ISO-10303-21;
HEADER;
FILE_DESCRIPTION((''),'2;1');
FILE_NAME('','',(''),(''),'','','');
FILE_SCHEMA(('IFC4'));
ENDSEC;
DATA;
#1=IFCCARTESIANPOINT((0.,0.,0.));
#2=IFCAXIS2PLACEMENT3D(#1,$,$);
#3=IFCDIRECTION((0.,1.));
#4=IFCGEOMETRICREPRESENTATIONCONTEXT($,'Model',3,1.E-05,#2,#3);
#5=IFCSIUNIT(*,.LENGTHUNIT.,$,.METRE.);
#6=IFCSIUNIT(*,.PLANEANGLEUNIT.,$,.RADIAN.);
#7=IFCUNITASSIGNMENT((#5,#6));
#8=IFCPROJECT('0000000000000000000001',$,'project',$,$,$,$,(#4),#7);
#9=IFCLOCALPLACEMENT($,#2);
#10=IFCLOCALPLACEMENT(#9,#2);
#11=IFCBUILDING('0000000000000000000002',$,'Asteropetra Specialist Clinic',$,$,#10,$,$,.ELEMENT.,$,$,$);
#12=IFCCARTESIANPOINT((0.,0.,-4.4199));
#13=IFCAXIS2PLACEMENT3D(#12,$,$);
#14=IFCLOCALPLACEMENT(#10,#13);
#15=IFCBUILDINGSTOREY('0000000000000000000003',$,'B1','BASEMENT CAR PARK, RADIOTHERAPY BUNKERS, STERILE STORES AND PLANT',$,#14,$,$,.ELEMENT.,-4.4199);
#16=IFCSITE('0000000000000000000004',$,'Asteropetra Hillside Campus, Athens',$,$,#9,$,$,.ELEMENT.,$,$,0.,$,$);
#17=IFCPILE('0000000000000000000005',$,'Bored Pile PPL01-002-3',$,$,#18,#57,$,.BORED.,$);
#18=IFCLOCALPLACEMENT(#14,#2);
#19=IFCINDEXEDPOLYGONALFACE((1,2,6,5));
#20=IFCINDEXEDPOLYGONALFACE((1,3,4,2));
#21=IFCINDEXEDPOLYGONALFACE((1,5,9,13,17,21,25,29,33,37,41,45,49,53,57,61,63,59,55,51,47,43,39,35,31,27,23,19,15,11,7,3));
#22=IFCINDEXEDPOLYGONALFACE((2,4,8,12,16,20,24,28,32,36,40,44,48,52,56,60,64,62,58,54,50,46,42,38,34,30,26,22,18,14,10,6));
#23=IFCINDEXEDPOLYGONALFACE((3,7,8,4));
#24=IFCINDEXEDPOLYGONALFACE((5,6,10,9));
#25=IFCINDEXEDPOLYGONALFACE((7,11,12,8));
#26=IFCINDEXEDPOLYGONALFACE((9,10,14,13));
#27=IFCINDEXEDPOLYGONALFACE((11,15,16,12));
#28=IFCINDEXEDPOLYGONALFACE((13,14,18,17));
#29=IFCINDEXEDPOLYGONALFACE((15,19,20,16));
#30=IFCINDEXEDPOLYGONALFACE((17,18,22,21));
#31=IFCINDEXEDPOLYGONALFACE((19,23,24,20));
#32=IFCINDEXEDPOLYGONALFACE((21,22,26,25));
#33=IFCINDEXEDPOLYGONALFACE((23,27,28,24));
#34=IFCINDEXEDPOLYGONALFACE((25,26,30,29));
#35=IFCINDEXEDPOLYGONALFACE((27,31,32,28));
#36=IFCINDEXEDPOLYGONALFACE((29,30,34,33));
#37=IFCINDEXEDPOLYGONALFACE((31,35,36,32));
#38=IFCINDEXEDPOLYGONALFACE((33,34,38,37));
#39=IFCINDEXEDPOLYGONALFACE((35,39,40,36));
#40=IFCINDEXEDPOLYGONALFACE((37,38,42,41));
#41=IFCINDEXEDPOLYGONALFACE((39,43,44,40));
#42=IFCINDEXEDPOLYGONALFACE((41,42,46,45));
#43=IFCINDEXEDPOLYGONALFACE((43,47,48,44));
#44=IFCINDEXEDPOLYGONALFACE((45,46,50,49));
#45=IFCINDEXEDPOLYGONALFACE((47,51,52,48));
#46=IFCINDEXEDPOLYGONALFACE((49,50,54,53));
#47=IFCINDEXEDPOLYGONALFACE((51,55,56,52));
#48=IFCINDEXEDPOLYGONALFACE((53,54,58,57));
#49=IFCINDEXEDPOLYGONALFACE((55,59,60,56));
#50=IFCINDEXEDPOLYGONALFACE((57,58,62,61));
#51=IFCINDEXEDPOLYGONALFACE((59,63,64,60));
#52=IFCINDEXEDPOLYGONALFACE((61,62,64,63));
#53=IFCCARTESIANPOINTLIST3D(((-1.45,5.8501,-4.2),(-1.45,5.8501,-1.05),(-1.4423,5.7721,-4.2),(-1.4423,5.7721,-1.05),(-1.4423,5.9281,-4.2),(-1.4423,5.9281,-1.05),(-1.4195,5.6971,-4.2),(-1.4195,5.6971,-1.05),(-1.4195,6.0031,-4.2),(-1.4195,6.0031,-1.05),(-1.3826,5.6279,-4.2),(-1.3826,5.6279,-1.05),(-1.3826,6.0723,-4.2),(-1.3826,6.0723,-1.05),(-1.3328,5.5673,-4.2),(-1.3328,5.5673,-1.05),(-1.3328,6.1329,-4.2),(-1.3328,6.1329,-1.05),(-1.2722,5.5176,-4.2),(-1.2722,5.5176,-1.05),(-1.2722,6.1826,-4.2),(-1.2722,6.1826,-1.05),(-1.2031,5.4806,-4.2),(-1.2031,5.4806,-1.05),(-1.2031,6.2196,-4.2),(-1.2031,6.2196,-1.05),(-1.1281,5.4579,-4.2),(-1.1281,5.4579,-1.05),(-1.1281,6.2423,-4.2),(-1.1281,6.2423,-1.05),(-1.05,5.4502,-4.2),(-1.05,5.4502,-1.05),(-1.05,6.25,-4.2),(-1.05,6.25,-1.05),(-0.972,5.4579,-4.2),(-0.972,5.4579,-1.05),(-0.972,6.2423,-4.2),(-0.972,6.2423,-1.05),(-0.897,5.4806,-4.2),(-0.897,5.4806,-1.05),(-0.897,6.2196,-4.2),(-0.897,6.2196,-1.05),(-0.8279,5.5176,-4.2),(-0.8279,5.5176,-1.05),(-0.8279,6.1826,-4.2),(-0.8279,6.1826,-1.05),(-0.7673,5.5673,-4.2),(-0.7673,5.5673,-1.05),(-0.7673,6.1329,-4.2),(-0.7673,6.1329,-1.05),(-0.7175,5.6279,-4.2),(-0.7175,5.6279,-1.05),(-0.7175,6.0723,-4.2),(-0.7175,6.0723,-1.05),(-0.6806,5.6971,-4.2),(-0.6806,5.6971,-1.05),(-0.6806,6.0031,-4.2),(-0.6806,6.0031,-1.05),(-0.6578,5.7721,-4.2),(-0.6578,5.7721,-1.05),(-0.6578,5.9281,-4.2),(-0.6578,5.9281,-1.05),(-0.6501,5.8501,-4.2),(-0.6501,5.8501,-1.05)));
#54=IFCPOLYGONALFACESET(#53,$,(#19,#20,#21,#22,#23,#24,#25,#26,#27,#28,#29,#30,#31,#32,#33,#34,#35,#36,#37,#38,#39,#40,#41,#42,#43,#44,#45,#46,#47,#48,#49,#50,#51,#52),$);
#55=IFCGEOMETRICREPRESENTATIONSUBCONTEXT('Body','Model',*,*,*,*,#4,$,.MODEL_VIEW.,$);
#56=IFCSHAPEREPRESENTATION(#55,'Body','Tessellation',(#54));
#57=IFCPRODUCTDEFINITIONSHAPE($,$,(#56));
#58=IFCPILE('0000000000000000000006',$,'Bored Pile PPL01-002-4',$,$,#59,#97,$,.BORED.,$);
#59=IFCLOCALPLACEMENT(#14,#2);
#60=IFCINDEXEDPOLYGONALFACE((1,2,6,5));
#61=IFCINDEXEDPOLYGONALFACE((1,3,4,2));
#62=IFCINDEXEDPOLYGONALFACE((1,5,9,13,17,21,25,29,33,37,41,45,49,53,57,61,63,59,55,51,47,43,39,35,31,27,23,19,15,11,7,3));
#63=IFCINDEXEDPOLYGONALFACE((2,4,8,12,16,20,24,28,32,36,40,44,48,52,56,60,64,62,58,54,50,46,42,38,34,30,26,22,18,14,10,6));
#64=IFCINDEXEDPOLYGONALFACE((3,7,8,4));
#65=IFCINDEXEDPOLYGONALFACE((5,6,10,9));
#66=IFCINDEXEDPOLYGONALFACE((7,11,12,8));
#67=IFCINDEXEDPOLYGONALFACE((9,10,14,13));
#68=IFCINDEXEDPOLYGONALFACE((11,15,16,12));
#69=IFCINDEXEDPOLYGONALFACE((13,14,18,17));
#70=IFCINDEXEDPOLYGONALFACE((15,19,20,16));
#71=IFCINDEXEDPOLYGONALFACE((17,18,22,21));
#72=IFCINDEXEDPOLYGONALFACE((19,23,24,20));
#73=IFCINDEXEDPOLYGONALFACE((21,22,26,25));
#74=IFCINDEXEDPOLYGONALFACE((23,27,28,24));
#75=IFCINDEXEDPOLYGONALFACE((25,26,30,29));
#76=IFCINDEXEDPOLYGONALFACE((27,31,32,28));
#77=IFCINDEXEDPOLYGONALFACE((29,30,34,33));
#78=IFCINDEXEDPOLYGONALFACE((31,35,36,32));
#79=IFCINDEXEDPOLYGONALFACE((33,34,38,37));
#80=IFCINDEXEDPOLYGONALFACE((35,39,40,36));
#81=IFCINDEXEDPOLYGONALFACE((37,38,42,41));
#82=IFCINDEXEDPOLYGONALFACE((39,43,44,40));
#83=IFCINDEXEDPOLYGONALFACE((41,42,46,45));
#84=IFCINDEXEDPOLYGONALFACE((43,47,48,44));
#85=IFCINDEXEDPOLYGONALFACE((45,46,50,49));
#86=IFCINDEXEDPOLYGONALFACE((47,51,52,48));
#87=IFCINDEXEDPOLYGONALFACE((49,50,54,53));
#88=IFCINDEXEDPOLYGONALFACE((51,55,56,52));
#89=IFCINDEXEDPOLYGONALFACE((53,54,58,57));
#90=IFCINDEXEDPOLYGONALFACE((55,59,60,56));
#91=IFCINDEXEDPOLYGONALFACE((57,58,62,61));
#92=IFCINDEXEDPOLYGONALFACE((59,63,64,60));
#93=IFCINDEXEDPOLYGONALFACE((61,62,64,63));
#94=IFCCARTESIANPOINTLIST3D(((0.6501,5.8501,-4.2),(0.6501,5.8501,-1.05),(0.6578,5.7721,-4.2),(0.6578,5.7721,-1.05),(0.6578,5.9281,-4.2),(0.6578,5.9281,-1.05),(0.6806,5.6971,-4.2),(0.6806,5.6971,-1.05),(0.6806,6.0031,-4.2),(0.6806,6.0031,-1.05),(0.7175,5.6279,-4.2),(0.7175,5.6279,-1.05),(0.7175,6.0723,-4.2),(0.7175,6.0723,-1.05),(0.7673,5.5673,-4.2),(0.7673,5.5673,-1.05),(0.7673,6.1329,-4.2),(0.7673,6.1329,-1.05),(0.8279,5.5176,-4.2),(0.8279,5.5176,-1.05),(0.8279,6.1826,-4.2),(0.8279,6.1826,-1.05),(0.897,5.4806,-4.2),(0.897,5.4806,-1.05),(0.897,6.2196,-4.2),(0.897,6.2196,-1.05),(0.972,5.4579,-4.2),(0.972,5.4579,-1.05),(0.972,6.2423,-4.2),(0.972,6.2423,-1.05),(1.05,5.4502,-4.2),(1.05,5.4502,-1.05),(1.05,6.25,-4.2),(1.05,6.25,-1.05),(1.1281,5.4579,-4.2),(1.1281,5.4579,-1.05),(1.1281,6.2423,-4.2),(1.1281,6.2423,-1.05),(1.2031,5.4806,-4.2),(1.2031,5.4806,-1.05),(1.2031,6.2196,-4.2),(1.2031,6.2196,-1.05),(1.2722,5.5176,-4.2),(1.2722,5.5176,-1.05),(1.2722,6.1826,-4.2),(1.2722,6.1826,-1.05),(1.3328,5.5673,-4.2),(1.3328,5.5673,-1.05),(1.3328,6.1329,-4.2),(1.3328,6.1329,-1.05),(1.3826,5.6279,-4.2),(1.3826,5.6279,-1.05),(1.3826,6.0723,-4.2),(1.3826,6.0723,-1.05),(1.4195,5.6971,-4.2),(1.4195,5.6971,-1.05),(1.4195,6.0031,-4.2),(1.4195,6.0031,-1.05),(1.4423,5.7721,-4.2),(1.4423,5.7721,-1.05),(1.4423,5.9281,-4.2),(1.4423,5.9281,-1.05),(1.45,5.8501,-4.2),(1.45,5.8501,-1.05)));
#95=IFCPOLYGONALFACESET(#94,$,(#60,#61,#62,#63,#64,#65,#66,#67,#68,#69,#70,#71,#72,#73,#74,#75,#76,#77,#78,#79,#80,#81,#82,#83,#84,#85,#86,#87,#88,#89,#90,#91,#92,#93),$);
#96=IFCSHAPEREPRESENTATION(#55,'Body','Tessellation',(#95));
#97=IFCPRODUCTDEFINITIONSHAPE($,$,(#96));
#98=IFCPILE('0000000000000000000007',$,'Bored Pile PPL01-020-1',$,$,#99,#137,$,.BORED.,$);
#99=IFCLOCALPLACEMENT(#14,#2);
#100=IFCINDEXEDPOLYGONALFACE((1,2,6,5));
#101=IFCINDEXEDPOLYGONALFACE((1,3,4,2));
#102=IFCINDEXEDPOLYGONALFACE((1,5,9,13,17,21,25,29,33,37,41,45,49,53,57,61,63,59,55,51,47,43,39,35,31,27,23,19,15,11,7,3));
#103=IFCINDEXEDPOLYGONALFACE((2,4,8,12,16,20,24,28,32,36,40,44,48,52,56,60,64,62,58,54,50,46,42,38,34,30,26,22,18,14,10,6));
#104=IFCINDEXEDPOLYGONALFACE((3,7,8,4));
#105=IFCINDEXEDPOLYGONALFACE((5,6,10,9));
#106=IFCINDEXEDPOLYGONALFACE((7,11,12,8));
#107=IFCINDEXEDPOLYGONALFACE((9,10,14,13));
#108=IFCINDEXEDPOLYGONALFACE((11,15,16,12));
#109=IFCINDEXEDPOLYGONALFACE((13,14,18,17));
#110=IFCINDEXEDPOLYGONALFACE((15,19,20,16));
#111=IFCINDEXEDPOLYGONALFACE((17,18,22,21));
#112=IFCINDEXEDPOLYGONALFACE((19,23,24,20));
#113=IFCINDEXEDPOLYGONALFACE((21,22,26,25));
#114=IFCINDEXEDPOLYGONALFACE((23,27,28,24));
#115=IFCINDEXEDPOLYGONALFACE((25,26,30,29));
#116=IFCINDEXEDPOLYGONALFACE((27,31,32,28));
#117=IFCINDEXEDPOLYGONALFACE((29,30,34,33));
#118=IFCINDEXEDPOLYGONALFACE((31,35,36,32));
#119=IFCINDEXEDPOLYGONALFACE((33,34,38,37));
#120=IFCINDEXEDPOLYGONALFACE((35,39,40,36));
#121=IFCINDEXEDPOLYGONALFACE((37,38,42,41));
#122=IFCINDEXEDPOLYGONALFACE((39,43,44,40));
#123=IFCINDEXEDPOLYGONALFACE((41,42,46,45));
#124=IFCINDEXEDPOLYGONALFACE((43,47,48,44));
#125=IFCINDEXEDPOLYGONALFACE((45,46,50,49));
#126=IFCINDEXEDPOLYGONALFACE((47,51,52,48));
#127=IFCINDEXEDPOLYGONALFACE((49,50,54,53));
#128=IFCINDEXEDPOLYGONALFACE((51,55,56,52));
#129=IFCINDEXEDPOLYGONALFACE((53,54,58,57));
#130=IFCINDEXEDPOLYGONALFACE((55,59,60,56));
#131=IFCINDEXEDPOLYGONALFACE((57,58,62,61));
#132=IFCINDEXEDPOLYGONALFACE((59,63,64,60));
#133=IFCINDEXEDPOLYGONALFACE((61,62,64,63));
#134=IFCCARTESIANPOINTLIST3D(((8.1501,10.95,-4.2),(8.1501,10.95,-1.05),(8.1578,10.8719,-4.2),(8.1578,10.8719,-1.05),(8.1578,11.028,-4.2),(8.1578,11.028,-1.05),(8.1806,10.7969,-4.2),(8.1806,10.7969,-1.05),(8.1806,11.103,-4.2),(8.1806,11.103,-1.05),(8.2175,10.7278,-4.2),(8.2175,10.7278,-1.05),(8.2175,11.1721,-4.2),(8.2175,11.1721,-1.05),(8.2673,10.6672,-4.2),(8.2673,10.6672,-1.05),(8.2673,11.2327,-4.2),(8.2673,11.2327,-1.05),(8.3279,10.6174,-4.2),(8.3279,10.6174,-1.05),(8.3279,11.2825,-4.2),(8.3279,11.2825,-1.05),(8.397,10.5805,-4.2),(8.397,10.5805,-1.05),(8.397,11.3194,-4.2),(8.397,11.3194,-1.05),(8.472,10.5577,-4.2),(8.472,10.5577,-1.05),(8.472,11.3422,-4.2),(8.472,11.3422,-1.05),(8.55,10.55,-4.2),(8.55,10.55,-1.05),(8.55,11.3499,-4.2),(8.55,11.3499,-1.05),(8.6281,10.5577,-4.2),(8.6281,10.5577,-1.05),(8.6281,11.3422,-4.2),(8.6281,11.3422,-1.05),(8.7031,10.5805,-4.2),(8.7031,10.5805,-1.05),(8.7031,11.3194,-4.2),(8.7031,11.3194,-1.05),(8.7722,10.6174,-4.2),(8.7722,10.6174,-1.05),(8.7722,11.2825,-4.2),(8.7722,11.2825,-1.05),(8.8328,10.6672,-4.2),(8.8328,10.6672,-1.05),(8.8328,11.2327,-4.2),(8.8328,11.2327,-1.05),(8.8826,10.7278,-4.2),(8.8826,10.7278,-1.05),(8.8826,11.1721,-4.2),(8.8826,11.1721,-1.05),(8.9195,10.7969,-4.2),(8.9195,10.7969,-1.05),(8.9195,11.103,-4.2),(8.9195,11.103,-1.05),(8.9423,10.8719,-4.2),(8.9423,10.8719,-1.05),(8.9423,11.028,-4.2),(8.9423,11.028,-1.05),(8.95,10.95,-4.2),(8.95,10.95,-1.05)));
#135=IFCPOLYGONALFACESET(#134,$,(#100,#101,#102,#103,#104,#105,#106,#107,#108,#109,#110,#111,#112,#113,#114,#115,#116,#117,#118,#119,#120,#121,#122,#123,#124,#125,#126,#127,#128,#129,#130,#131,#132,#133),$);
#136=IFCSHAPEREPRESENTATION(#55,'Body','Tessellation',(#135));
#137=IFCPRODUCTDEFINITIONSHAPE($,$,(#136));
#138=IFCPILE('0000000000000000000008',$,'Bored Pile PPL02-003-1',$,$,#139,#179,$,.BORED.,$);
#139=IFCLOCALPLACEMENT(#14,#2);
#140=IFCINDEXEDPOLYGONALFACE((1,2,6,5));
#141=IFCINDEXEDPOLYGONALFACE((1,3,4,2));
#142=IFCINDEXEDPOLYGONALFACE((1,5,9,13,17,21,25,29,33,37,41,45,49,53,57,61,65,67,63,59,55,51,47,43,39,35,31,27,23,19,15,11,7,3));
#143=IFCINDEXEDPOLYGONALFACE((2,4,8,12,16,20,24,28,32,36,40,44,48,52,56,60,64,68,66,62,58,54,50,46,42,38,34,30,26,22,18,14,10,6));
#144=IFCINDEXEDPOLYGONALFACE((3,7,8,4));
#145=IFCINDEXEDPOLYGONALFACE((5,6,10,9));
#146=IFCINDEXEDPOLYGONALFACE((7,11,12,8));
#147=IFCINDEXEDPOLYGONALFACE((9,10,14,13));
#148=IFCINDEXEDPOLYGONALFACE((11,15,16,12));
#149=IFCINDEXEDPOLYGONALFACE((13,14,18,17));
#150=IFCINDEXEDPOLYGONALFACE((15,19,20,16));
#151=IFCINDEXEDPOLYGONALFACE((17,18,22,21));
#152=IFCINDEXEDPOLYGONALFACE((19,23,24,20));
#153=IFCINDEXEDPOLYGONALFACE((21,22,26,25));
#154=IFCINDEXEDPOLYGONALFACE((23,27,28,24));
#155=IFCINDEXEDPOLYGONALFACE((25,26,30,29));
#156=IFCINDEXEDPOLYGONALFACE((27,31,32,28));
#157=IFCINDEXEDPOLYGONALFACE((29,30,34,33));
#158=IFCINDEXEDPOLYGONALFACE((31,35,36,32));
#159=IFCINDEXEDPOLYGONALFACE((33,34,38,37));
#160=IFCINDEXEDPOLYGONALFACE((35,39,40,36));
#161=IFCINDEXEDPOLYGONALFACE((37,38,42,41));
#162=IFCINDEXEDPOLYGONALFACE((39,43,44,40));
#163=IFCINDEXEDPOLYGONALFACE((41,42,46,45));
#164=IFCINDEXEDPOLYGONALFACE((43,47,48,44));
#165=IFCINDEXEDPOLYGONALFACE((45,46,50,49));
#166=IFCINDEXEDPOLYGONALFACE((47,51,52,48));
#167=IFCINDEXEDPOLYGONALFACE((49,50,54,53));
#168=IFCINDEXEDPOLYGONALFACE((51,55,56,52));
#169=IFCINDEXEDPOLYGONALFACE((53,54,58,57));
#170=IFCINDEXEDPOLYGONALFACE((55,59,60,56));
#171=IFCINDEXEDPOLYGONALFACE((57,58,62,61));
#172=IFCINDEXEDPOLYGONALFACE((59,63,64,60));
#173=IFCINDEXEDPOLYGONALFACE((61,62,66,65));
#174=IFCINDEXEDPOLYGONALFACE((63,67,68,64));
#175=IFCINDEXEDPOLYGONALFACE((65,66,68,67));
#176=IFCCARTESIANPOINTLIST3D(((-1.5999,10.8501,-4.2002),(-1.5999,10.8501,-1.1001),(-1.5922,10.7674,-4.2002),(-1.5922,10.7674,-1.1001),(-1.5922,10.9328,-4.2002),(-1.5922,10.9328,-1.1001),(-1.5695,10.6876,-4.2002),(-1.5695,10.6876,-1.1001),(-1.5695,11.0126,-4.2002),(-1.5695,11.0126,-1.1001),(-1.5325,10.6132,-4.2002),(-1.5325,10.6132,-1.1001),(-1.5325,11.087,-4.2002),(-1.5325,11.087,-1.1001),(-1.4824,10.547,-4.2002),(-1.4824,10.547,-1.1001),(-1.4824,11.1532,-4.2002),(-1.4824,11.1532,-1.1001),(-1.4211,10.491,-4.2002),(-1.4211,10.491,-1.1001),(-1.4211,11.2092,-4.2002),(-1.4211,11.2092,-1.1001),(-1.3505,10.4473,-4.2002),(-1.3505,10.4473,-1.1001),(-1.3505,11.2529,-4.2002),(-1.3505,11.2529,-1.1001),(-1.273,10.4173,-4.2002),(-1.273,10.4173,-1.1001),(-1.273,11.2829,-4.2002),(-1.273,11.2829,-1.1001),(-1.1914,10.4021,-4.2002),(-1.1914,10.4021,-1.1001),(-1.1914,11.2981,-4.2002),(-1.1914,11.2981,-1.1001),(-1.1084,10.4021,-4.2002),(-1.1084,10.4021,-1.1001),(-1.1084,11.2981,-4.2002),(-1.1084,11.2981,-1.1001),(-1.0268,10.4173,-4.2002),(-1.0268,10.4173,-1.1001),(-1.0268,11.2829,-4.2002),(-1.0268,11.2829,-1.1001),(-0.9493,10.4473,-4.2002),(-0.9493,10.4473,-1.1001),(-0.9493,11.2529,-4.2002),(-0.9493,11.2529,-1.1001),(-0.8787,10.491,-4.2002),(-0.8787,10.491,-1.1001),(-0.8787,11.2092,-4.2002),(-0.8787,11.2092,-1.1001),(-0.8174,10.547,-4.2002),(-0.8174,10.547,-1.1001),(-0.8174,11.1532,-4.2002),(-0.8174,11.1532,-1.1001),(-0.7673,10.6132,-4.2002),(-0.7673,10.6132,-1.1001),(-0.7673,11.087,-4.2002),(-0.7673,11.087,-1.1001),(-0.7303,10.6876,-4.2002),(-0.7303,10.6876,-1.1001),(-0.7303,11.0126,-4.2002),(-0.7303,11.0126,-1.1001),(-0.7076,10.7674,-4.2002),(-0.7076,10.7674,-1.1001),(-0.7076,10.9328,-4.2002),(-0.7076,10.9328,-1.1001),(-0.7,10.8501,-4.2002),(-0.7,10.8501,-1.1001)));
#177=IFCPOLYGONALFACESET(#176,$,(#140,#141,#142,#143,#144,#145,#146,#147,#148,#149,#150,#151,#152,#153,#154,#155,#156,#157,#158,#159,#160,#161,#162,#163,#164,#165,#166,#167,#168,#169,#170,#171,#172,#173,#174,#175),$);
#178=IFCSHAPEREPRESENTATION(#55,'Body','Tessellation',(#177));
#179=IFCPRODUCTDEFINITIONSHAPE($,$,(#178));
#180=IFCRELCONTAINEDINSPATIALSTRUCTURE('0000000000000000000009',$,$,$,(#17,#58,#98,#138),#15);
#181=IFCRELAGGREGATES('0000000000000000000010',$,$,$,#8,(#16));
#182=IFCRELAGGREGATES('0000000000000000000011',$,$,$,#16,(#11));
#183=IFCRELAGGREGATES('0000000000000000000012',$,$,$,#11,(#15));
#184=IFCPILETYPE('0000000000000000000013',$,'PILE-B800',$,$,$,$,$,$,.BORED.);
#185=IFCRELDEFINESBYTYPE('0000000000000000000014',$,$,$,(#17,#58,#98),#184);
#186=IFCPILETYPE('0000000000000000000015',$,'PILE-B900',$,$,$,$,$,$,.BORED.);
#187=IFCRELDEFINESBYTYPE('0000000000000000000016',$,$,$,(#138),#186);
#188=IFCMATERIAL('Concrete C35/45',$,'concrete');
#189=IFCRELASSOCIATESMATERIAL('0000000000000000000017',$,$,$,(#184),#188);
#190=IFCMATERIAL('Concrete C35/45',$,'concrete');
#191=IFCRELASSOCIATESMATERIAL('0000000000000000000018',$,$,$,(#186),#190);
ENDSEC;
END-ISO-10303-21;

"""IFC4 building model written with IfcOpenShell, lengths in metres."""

from ifc_helpers import new_model, si_unit, direction, frame, origin, origin_2d, place, context, subcontext, project, spatial, circle, extrude, material, material_profile, profile_set, type_object, element, save


model = new_model("IFC4")

# Units and contexts
model_context = context("Model", 3, precision=1e-05, world=origin(), true_north=direction((0.0, 1.0)))
body_context = subcontext(model_context, "Body", "Model", "MODEL_VIEW")
ifc_project = project(units=[si_unit("LENGTHUNIT", "METRE"), si_unit("PLANEANGLEUNIT", "RADIAN")], contexts=[model_context])

# Site, building, storey
site_placement = place(None, origin())
site = spatial("IfcSite", under=ifc_project, at=site_placement, Name="Asteropetra Hillside Campus, Athens", CompositionType="ELEMENT", RefElevation=0.0)
building_placement = place(site_placement, origin())
building = spatial("IfcBuilding", under=site, at=building_placement, Name="Asteropetra Specialist Clinic", CompositionType="ELEMENT")
storey_placement = place(building_placement, frame((0.0, 0.0, -4.4199)))
storey = spatial("IfcBuildingStorey", under=building, at=storey_placement, Name="B1", Description="BASEMENT CAR PARK, RADIOTHERAPY BUNKERS, STERILE STORES AND PLANT", CompositionType="ELEMENT", Elevation=-4.4199)

# Piles
ifc_material_1 = material(Name="Concrete C35/45", Category="concrete")
ifc_material_profile_1 = material_profile(ifc_material_1, circle(Radius=0.3999, at=origin_2d()), Name="PILE D800")
ifc_profile_set_1 = profile_set([ifc_material_profile_1], Name="Concrete C35/45")
pile_type_1 = type_object("IfcPileType", Name="PILE-B800", PredefinedType="BORED", material=ifc_profile_set_1)
for number, where, z_axis, x_axis, name in (
    (1, (-1.05, 5.8501, -1.05), (0.0, 0.0, -1.0), (1.0, 0.0, 0.0), "Bored Pile PPL01-002-3"),
    (2, (1.05, 5.8501, -1.05), (0.0, 0.0, -1.0), (1.0, 0.0, 0.0), "Bored Pile PPL01-002-4"),
    (3, (8.55, 10.95, -1.05), (0.0, 0.0, -1.0), (1.0, 0.0, 0.0), "Bored Pile PPL01-020-1"),
):
    element("IfcPile", number, at=place(storey_placement, frame(where, z_axis=z_axis, x_axis=x_axis)), inside=storey, type_object=pile_type_1, Name=name, PredefinedType="BORED", context=body_context, shape_type="SweptSolid", body=[
        extrude(circle(Radius=0.3999, at=origin_2d()), origin(), (0.0, 0.0, 1.0), 3.1499),
    ])
ifc_material_2 = material(Name="Concrete C35/45", Category="concrete")
ifc_material_profile_2 = material_profile(ifc_material_2, circle(Radius=0.45, at=origin_2d()), Name="PILE D900")
ifc_profile_set_2 = profile_set([ifc_material_profile_2], Name="Concrete C35/45")
pile_type_2 = type_object("IfcPileType", Name="PILE-B900", PredefinedType="BORED", material=ifc_profile_set_2)
for number, where, z_axis, x_axis, name in (
    (4, (-1.1499, 10.8501, -1.1001), (0.0, 0.0, -1.0), (1.0, 0.0, 0.0), "Bored Pile PPL02-003-1"),
):
    element("IfcPile", number, at=place(storey_placement, frame(where, z_axis=z_axis, x_axis=x_axis)), inside=storey, type_object=pile_type_2, Name=name, PredefinedType="BORED", context=body_context, shape_type="SweptSolid", body=[
        extrude(circle(Radius=0.45, at=origin_2d()), origin(), (0.0, 0.0, 1.0), 3.1001),
    ])

save(model, "model.ifc")
